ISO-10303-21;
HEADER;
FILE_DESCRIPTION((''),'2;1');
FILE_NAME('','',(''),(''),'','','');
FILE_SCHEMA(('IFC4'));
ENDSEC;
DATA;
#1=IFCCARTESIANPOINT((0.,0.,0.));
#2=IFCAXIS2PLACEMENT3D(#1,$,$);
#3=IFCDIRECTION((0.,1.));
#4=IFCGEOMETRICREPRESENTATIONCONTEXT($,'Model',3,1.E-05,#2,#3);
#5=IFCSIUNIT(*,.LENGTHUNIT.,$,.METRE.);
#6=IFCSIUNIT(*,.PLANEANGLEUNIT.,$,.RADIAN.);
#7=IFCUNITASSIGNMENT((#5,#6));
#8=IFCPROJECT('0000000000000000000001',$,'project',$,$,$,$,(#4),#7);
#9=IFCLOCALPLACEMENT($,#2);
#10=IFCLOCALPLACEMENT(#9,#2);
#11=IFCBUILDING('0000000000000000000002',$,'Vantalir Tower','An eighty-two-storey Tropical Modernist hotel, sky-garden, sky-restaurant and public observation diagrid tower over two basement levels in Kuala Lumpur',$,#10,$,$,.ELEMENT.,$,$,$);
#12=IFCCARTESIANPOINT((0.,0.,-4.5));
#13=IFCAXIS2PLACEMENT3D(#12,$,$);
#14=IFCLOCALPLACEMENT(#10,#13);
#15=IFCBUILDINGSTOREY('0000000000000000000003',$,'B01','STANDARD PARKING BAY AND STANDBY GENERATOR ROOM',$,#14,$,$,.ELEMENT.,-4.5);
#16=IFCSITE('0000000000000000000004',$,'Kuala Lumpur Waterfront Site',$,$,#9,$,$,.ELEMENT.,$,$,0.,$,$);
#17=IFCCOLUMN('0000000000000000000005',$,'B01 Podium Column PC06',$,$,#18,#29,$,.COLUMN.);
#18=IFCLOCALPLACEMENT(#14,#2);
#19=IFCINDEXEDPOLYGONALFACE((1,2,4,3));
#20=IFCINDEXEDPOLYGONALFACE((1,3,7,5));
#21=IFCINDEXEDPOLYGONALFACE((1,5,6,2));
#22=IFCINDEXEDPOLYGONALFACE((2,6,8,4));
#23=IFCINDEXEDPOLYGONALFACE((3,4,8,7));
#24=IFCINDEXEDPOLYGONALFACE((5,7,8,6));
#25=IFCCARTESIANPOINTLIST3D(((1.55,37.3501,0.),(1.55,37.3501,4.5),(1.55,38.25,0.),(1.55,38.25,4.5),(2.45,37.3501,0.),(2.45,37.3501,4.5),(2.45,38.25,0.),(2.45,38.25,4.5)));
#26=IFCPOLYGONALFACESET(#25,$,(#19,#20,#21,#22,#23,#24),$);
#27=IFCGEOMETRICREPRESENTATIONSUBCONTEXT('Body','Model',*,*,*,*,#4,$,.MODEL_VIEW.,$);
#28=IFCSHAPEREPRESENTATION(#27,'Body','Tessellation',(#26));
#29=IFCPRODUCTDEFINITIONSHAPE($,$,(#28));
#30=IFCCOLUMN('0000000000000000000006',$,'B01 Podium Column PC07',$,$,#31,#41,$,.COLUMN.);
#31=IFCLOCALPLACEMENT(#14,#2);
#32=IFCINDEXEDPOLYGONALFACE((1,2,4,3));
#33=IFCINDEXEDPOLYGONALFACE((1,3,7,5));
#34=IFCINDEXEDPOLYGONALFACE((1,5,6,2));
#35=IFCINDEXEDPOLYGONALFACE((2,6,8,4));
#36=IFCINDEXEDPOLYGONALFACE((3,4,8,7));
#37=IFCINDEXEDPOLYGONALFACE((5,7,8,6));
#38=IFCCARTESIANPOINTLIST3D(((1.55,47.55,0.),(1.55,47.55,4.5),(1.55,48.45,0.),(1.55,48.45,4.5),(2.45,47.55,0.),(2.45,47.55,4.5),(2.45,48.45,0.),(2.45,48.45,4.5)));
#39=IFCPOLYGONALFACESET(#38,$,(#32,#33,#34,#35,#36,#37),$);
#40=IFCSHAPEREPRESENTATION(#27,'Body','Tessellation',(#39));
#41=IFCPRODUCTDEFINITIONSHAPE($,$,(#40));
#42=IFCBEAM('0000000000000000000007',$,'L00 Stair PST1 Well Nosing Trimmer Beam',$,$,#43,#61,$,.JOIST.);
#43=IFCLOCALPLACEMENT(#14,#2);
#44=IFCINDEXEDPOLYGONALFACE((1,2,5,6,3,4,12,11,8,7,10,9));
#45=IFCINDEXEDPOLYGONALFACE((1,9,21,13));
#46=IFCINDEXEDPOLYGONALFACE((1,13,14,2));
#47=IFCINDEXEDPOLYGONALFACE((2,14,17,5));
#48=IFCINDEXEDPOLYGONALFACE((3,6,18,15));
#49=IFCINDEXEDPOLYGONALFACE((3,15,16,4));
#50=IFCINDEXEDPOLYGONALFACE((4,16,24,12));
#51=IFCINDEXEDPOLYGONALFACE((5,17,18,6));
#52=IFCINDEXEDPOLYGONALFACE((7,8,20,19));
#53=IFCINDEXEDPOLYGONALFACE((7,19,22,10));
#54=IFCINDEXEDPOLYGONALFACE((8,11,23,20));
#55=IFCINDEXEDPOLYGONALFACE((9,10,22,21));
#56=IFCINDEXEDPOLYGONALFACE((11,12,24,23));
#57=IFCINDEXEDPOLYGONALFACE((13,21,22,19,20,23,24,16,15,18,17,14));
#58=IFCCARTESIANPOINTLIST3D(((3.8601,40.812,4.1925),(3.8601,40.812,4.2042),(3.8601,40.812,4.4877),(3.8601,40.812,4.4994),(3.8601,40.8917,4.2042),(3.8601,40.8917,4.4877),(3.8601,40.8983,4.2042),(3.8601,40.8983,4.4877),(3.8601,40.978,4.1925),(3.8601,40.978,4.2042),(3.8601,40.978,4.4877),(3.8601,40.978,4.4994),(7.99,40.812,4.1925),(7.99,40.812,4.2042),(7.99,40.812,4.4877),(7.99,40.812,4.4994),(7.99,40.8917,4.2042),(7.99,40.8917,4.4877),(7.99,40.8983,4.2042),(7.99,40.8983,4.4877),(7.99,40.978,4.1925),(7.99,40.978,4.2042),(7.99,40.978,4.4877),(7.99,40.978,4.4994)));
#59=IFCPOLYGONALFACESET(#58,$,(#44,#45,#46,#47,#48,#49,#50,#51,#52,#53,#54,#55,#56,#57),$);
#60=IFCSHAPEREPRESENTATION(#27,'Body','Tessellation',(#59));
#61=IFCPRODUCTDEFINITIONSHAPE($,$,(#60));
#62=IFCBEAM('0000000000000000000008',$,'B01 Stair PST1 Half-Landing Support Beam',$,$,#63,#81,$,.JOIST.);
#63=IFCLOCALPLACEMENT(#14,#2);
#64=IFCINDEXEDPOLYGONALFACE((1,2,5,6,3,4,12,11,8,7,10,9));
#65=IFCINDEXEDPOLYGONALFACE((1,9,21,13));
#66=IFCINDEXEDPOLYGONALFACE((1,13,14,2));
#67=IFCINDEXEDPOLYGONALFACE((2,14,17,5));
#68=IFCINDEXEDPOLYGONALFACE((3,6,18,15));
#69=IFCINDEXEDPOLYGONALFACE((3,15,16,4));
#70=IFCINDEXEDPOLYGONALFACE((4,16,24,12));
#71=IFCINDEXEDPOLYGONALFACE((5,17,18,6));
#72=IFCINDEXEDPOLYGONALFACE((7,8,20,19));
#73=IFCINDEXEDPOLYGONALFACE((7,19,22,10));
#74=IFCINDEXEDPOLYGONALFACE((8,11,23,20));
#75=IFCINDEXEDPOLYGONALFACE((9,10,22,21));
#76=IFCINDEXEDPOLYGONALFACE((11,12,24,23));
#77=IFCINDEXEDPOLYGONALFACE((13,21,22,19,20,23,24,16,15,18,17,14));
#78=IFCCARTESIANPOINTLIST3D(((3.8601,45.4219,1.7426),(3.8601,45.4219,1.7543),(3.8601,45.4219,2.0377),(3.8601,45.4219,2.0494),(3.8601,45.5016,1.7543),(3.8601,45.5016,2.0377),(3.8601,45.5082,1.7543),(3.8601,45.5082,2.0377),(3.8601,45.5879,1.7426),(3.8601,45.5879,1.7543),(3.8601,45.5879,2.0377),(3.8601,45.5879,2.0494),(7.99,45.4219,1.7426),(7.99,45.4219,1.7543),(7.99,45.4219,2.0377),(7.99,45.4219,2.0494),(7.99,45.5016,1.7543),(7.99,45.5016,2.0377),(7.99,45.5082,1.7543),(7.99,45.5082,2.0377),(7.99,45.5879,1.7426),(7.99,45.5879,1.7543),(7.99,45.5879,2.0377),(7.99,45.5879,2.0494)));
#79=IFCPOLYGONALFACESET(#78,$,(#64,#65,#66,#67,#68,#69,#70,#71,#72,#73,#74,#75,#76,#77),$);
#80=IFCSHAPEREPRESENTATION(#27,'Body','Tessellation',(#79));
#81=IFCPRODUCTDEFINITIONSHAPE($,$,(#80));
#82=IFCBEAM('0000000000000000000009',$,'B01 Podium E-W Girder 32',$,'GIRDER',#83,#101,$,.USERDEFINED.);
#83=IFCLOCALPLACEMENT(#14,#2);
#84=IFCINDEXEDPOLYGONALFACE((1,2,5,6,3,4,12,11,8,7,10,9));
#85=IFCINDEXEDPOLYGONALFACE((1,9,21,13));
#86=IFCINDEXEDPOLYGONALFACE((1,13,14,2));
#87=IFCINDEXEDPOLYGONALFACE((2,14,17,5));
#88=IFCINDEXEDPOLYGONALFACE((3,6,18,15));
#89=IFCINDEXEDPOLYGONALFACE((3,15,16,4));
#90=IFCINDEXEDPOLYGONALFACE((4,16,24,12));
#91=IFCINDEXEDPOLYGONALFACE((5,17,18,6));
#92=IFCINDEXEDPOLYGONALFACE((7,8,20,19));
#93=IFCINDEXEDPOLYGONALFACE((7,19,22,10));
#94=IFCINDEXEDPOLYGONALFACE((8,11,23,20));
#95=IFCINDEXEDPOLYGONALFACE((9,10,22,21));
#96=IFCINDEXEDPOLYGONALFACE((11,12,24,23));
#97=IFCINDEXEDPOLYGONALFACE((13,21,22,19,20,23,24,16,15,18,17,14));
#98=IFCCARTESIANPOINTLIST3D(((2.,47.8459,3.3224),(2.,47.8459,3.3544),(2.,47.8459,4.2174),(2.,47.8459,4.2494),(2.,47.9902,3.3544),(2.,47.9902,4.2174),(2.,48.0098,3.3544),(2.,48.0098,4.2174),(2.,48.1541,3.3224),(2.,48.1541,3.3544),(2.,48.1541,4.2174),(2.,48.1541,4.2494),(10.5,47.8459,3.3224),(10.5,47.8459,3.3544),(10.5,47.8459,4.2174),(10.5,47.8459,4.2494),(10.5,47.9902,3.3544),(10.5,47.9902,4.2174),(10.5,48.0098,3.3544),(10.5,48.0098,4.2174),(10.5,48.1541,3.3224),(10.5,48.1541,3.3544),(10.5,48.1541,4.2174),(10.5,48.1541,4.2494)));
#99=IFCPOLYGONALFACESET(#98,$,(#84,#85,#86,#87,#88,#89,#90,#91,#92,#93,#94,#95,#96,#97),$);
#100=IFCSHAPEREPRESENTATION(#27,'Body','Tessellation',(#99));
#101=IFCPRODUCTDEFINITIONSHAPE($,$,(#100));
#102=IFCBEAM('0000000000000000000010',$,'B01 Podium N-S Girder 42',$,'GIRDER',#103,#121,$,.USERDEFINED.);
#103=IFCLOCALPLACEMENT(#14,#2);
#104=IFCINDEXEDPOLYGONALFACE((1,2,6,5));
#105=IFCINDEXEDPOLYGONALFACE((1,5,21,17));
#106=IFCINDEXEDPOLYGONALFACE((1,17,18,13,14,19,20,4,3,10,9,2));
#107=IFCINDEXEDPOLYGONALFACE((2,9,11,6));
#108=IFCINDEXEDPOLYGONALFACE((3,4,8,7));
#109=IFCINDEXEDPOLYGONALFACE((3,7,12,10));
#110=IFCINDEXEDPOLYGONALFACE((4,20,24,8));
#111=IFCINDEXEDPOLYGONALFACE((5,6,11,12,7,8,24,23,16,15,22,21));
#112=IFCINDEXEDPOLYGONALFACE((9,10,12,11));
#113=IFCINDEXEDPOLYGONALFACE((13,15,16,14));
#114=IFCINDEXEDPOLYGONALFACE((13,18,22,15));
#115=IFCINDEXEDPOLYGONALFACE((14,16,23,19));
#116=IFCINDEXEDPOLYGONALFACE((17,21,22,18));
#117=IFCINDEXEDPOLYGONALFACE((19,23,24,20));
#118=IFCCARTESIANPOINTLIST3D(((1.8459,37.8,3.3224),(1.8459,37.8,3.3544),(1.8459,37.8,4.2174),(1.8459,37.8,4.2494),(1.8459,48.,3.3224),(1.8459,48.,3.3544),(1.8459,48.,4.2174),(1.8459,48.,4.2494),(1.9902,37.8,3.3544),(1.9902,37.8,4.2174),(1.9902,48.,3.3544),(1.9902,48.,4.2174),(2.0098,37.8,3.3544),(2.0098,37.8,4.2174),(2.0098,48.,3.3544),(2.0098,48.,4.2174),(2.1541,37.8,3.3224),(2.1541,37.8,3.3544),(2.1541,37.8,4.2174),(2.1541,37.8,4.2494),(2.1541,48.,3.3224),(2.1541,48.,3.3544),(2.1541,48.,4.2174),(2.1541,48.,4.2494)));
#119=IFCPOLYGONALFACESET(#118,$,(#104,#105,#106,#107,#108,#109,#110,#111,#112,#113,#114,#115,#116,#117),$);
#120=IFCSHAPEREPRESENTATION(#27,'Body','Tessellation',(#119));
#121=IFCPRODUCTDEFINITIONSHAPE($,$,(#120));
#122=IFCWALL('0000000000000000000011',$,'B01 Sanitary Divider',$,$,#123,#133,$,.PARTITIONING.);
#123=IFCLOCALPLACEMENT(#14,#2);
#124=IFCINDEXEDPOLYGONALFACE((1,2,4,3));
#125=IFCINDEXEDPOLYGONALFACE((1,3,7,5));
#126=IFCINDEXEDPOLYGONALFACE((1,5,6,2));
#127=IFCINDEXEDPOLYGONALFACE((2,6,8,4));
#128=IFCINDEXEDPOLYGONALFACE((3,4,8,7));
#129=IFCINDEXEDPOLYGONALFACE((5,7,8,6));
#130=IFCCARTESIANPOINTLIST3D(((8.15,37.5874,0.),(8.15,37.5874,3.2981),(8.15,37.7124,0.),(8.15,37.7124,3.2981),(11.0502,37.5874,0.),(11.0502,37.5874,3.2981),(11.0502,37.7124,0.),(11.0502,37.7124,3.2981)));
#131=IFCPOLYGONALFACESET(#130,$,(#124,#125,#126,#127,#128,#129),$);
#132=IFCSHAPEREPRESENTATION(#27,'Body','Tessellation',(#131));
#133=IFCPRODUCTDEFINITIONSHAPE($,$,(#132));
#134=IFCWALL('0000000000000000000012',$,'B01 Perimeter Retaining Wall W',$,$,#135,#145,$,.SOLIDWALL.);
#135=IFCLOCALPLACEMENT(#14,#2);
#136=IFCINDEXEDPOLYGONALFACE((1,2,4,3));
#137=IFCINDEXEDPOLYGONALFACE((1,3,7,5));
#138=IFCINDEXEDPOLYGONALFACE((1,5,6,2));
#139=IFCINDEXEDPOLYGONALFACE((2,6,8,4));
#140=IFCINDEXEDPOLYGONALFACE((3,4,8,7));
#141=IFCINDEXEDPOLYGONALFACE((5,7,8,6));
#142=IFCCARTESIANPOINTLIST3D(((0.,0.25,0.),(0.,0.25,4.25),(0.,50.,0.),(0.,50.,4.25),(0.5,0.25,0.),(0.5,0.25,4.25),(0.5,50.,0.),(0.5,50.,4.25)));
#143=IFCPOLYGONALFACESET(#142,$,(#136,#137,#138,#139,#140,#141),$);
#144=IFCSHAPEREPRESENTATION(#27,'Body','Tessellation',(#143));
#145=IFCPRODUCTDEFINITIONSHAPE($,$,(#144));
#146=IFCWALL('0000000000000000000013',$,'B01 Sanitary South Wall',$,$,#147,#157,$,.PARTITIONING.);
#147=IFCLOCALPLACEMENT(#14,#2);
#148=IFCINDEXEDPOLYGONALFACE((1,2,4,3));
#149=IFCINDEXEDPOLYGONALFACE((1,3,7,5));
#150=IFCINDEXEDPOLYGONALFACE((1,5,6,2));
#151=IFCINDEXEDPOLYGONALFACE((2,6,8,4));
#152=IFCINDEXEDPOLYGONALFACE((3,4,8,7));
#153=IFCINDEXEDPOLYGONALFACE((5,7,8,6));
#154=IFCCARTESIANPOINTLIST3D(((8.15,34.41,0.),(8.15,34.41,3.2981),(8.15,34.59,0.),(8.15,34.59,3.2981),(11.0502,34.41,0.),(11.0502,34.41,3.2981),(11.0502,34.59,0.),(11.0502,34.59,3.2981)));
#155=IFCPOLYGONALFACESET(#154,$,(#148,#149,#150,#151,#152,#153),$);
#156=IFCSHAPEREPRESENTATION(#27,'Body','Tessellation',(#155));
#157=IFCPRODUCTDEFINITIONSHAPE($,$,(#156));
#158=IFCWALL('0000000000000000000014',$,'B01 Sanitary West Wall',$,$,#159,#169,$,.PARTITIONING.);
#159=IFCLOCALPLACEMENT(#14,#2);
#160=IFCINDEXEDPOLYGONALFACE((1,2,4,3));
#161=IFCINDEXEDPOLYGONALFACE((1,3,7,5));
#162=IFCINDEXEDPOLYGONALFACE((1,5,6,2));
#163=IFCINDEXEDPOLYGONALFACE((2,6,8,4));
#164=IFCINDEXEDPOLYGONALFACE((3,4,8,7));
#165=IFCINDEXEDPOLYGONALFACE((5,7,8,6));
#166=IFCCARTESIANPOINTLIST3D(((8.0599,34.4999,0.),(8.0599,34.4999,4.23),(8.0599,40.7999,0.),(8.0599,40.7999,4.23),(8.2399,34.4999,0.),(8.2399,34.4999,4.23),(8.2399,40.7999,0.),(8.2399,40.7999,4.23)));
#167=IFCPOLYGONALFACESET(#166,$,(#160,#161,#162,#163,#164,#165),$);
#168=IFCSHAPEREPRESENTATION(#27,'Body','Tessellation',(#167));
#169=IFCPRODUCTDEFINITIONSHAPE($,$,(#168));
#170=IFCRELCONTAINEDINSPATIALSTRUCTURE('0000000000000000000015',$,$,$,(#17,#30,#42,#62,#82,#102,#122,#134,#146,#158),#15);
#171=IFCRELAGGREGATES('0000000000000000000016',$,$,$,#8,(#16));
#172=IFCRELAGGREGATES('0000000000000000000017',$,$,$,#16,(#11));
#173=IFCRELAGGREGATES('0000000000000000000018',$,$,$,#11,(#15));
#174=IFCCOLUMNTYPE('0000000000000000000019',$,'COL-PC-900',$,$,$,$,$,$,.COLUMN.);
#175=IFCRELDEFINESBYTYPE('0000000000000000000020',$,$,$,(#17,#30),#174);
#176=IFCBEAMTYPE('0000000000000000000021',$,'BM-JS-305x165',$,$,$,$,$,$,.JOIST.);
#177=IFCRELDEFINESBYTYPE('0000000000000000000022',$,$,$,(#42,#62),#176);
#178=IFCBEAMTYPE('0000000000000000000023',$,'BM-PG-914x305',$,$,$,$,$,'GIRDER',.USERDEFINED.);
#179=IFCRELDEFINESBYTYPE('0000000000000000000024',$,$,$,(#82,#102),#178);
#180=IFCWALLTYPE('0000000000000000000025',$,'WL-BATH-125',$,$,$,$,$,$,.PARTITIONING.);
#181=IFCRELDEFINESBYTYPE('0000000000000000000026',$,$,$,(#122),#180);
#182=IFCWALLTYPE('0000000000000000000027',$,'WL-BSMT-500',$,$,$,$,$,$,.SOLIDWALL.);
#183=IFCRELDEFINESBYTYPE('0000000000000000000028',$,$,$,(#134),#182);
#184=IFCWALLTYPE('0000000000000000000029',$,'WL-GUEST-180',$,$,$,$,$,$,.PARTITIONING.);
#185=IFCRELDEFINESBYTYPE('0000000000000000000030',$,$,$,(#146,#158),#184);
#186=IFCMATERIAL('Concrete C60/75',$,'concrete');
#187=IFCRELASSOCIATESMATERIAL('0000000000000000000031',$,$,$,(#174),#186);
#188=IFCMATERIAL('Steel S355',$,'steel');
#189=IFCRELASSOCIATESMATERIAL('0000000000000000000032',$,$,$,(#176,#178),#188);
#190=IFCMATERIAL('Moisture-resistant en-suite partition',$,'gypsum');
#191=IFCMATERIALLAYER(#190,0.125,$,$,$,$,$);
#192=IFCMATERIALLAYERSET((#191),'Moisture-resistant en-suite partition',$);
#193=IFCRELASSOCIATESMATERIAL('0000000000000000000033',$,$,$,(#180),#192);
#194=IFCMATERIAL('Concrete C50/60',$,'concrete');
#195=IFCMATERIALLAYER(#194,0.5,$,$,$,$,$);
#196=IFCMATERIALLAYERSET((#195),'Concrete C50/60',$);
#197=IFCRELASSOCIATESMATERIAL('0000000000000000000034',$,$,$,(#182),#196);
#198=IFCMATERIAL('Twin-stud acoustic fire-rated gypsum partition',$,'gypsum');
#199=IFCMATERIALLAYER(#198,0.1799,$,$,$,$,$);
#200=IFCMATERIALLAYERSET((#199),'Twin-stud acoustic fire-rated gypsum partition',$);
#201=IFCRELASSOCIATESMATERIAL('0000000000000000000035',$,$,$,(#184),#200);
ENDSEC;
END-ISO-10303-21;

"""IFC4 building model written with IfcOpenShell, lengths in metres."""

from ifc_helpers import new_model, si_unit, direction, frame, frame_2d, origin, origin_2d, place, context, subcontext, project, spatial, rectangle, i_section, extrude, material, layer, layer_set, material_profile, profile_set, type_object, element, save


model = new_model("IFC4")

# Units and contexts
model_context = context("Model", 3, precision=1e-05, world=origin(), true_north=direction((0.0, 1.0)))
body_context = subcontext(model_context, "Body", "Model", "MODEL_VIEW")
ifc_project = project(units=[si_unit("LENGTHUNIT", "METRE"), si_unit("PLANEANGLEUNIT", "RADIAN")], contexts=[model_context])

# Site, building, storey
site_placement = place(None, origin())
site = spatial("IfcSite", under=ifc_project, at=site_placement, Name="Kuala Lumpur Waterfront Site", CompositionType="ELEMENT", RefElevation=0.0)
building_placement = place(site_placement, origin())
building = spatial("IfcBuilding", under=site, at=building_placement, Name="Vantalir Tower", Description="An eighty-two-storey Tropical Modernist hotel, sky-garden, sky-restaurant and public observation diagrid tower over two basement levels in Kuala Lumpur", CompositionType="ELEMENT")
storey_placement = place(building_placement, frame((0.0, 0.0, -4.5)))
storey = spatial("IfcBuildingStorey", under=building, at=storey_placement, Name="B01", Description="STANDARD PARKING BAY AND STANDBY GENERATOR ROOM", CompositionType="ELEMENT", Elevation=-4.5)

# Columns
ifc_material_1 = material(Name="Concrete C60/75", Category="concrete")
ifc_material_profile_1 = material_profile(ifc_material_1, rectangle(XDim=0.8999, YDim=0.8999, at=origin_2d()), Name="Concrete C60/75")
ifc_profile_set_1 = profile_set([ifc_material_profile_1], Name="Concrete C60/75")
column_type = type_object("IfcColumnType", Name="COL-PC-900", PredefinedType="COLUMN", material=ifc_profile_set_1)
for number, where, z_axis, x_axis, name in (
    (1, (2.0, 37.8, 0.0), (0.0, 0.0, 1.0), (1.0, 0.0, 0.0), "B01 Podium Column PC06"),
    (2, (2.0, 48.0, 0.0), (0.0, 0.0, 1.0), (1.0, 0.0, 0.0), "B01 Podium Column PC07"),
):
    element("IfcColumn", number, at=place(storey_placement, frame(where, z_axis=z_axis, x_axis=x_axis)), inside=storey, type_object=column_type, Name=name, PredefinedType="COLUMN", context=body_context, shape_type="SweptSolid", body=[
        extrude(rectangle(XDim=0.8999, YDim=0.8999, at=origin_2d()), origin(), (0.0, 0.0, 1.0), 4.5),
    ])

# Beams
ifc_material_2 = material(Name="Steel S355", Category="steel")
ifc_material_profile_2 = material_profile(ifc_material_2, i_section(OverallWidth=0.166, OverallDepth=0.3069, WebThickness=0.0066, FlangeThickness=0.0117, at=origin_2d()), Name="Steel S355")
ifc_profile_set_2 = profile_set([ifc_material_profile_2], Name="Steel S355")
beam_type_1 = type_object("IfcBeamType", Name="BM-JS-305x165", PredefinedType="JOIST", material=ifc_profile_set_2)
for number, where, z_axis, x_axis, name in (
    (3, (3.8601, 40.895, 4.3459), (1.0, 0.0, 0.0), (0.0, 1.0, 0.0), "L00 Stair PST1 Well Nosing Trimmer Beam"),
    (4, (3.8601, 45.5049, 1.896), (1.0, 0.0, 0.0), (0.0, 1.0, 0.0), "B01 Stair PST1 Half-Landing Support Beam"),
):
    element("IfcBeam", number, at=place(storey_placement, frame(where, z_axis=z_axis, x_axis=x_axis)), inside=storey, type_object=beam_type_1, Name=name, PredefinedType="JOIST", context=body_context, shape_type="SweptSolid", body=[
        extrude(i_section(OverallWidth=0.166, OverallDepth=0.3069, WebThickness=0.0066, FlangeThickness=0.0117, at=origin_2d()), origin(), (0.0, 0.0, 1.0), 4.1299),
    ])
ifc_material_profile_3 = material_profile(ifc_material_2, i_section(OverallWidth=0.3081, OverallDepth=0.927, WebThickness=0.0195, FlangeThickness=0.032, at=origin_2d()), Name="Steel S355")
ifc_profile_set_3 = profile_set([ifc_material_profile_3], Name="Steel S355")
beam_type_2 = type_object("IfcBeamType", Name="BM-PG-914x305", ElementType="GIRDER", PredefinedType="USERDEFINED", material=ifc_profile_set_3)
beam_1_placement = place(storey_placement, frame((2.0, 48.0, 3.7859), z_axis=(1.0, 0.0, 0.0), x_axis=(0.0, 1.0, 0.0)))
element("IfcBeam", 5, at=beam_1_placement, inside=storey, type_object=beam_type_2, Name="B01 Podium E-W Girder 32", ObjectType="GIRDER", PredefinedType="USERDEFINED", context=body_context, shape_type="SweptSolid", body=[
    extrude(i_section(OverallWidth=0.3081, OverallDepth=0.927, WebThickness=0.0195, FlangeThickness=0.032, at=origin_2d()), origin(), (0.0, 0.0, 1.0), 8.5),
])
beam_2_placement = place(storey_placement, frame((2.0, 37.8, 3.7859), z_axis=(0.0, 1.0, 0.0), x_axis=(-1.0, 0.0, 0.0)))
element("IfcBeam", 6, at=beam_2_placement, inside=storey, type_object=beam_type_2, Name="B01 Podium N-S Girder 42", ObjectType="GIRDER", PredefinedType="USERDEFINED", context=body_context, shape_type="SweptSolid", body=[
    extrude(i_section(OverallWidth=0.3081, OverallDepth=0.927, WebThickness=0.0195, FlangeThickness=0.032, at=origin_2d()), origin(), (0.0, 0.0, 1.0), 10.2),
])

# Walls
ifc_material_3 = material(Name="Moisture-resistant en-suite partition", Category="gypsum")
ifc_layer_1 = layer(ifc_material_3, 0.125)
ifc_layer_set_1 = layer_set([ifc_layer_1], Name="Moisture-resistant en-suite partition")
wall_type_1 = type_object("IfcWallType", Name="WL-BATH-125", PredefinedType="PARTITIONING", material=ifc_layer_set_1)
wall_1_placement = place(storey_placement, frame((8.1499, 37.6499, 0.0), z_axis=(0.0, 0.0, 1.0), x_axis=(1.0, 0.0, 0.0)))
element("IfcWall", 7, at=wall_1_placement, inside=storey, type_object=wall_type_1, Name="B01 Sanitary Divider", PredefinedType="PARTITIONING", context=body_context, shape_type="SweptSolid", body=[
    extrude(rectangle(XDim=2.9001, YDim=0.125, at=frame_2d((1.4502, 0.0))), origin(), (0.0, 0.0, 1.0), 3.2981),
])
ifc_material_4 = material(Name="Concrete C50/60", Category="concrete")
ifc_layer_2 = layer(ifc_material_4, 0.5)
ifc_layer_set_2 = layer_set([ifc_layer_2], Name="Concrete C50/60")
wall_type_2 = type_object("IfcWallType", Name="WL-BSMT-500", PredefinedType="SOLIDWALL", material=ifc_layer_set_2)
wall_2_placement = place(storey_placement, frame((0.25, 50.0, 0.0), z_axis=(0.0, 0.0, 1.0), x_axis=(0.0, -1.0, 0.0)))
element("IfcWall", 8, at=wall_2_placement, inside=storey, type_object=wall_type_2, Name="B01 Perimeter Retaining Wall W", PredefinedType="SOLIDWALL", context=body_context, shape_type="SweptSolid", body=[
    extrude(rectangle(XDim=49.75, YDim=0.5, at=frame_2d((24.875, 0.0))), origin(), (0.0, 0.0, 1.0), 4.25),
])
ifc_material_5 = material(Name="Twin-stud acoustic fire-rated gypsum partition", Category="gypsum")
ifc_layer_3 = layer(ifc_material_5, 0.1799)
ifc_layer_set_3 = layer_set([ifc_layer_3], Name="Twin-stud acoustic fire-rated gypsum partition")
wall_type_3 = type_object("IfcWallType", Name="WL-GUEST-180", PredefinedType="PARTITIONING", material=ifc_layer_set_3)
wall_3_placement = place(storey_placement, frame((8.1499, 34.5, 0.0), z_axis=(0.0, 0.0, 1.0), x_axis=(1.0, 0.0, 0.0)))
element("IfcWall", 9, at=wall_3_placement, inside=storey, type_object=wall_type_3, Name="B01 Sanitary South Wall", PredefinedType="PARTITIONING", context=body_context, shape_type="SweptSolid", body=[
    extrude(rectangle(XDim=2.9001, YDim=0.1799, at=frame_2d((1.4502, 0.0))), origin(), (0.0, 0.0, 1.0), 3.2981),
])
wall_4_placement = place(storey_placement, frame((8.1499, 34.5, 0.0), z_axis=(0.0, 0.0, 1.0), x_axis=(0.0, 1.0, 0.0)))
element("IfcWall", 10, at=wall_4_placement, inside=storey, type_object=wall_type_3, Name="B01 Sanitary West Wall", PredefinedType="PARTITIONING", context=body_context, shape_type="SweptSolid", body=[
    extrude(rectangle(XDim=6.3, YDim=0.1799, at=frame_2d((3.1499, 0.0))), origin(), (0.0, 0.0, 1.0), 4.23),
])

save(model, "model.ifc")
